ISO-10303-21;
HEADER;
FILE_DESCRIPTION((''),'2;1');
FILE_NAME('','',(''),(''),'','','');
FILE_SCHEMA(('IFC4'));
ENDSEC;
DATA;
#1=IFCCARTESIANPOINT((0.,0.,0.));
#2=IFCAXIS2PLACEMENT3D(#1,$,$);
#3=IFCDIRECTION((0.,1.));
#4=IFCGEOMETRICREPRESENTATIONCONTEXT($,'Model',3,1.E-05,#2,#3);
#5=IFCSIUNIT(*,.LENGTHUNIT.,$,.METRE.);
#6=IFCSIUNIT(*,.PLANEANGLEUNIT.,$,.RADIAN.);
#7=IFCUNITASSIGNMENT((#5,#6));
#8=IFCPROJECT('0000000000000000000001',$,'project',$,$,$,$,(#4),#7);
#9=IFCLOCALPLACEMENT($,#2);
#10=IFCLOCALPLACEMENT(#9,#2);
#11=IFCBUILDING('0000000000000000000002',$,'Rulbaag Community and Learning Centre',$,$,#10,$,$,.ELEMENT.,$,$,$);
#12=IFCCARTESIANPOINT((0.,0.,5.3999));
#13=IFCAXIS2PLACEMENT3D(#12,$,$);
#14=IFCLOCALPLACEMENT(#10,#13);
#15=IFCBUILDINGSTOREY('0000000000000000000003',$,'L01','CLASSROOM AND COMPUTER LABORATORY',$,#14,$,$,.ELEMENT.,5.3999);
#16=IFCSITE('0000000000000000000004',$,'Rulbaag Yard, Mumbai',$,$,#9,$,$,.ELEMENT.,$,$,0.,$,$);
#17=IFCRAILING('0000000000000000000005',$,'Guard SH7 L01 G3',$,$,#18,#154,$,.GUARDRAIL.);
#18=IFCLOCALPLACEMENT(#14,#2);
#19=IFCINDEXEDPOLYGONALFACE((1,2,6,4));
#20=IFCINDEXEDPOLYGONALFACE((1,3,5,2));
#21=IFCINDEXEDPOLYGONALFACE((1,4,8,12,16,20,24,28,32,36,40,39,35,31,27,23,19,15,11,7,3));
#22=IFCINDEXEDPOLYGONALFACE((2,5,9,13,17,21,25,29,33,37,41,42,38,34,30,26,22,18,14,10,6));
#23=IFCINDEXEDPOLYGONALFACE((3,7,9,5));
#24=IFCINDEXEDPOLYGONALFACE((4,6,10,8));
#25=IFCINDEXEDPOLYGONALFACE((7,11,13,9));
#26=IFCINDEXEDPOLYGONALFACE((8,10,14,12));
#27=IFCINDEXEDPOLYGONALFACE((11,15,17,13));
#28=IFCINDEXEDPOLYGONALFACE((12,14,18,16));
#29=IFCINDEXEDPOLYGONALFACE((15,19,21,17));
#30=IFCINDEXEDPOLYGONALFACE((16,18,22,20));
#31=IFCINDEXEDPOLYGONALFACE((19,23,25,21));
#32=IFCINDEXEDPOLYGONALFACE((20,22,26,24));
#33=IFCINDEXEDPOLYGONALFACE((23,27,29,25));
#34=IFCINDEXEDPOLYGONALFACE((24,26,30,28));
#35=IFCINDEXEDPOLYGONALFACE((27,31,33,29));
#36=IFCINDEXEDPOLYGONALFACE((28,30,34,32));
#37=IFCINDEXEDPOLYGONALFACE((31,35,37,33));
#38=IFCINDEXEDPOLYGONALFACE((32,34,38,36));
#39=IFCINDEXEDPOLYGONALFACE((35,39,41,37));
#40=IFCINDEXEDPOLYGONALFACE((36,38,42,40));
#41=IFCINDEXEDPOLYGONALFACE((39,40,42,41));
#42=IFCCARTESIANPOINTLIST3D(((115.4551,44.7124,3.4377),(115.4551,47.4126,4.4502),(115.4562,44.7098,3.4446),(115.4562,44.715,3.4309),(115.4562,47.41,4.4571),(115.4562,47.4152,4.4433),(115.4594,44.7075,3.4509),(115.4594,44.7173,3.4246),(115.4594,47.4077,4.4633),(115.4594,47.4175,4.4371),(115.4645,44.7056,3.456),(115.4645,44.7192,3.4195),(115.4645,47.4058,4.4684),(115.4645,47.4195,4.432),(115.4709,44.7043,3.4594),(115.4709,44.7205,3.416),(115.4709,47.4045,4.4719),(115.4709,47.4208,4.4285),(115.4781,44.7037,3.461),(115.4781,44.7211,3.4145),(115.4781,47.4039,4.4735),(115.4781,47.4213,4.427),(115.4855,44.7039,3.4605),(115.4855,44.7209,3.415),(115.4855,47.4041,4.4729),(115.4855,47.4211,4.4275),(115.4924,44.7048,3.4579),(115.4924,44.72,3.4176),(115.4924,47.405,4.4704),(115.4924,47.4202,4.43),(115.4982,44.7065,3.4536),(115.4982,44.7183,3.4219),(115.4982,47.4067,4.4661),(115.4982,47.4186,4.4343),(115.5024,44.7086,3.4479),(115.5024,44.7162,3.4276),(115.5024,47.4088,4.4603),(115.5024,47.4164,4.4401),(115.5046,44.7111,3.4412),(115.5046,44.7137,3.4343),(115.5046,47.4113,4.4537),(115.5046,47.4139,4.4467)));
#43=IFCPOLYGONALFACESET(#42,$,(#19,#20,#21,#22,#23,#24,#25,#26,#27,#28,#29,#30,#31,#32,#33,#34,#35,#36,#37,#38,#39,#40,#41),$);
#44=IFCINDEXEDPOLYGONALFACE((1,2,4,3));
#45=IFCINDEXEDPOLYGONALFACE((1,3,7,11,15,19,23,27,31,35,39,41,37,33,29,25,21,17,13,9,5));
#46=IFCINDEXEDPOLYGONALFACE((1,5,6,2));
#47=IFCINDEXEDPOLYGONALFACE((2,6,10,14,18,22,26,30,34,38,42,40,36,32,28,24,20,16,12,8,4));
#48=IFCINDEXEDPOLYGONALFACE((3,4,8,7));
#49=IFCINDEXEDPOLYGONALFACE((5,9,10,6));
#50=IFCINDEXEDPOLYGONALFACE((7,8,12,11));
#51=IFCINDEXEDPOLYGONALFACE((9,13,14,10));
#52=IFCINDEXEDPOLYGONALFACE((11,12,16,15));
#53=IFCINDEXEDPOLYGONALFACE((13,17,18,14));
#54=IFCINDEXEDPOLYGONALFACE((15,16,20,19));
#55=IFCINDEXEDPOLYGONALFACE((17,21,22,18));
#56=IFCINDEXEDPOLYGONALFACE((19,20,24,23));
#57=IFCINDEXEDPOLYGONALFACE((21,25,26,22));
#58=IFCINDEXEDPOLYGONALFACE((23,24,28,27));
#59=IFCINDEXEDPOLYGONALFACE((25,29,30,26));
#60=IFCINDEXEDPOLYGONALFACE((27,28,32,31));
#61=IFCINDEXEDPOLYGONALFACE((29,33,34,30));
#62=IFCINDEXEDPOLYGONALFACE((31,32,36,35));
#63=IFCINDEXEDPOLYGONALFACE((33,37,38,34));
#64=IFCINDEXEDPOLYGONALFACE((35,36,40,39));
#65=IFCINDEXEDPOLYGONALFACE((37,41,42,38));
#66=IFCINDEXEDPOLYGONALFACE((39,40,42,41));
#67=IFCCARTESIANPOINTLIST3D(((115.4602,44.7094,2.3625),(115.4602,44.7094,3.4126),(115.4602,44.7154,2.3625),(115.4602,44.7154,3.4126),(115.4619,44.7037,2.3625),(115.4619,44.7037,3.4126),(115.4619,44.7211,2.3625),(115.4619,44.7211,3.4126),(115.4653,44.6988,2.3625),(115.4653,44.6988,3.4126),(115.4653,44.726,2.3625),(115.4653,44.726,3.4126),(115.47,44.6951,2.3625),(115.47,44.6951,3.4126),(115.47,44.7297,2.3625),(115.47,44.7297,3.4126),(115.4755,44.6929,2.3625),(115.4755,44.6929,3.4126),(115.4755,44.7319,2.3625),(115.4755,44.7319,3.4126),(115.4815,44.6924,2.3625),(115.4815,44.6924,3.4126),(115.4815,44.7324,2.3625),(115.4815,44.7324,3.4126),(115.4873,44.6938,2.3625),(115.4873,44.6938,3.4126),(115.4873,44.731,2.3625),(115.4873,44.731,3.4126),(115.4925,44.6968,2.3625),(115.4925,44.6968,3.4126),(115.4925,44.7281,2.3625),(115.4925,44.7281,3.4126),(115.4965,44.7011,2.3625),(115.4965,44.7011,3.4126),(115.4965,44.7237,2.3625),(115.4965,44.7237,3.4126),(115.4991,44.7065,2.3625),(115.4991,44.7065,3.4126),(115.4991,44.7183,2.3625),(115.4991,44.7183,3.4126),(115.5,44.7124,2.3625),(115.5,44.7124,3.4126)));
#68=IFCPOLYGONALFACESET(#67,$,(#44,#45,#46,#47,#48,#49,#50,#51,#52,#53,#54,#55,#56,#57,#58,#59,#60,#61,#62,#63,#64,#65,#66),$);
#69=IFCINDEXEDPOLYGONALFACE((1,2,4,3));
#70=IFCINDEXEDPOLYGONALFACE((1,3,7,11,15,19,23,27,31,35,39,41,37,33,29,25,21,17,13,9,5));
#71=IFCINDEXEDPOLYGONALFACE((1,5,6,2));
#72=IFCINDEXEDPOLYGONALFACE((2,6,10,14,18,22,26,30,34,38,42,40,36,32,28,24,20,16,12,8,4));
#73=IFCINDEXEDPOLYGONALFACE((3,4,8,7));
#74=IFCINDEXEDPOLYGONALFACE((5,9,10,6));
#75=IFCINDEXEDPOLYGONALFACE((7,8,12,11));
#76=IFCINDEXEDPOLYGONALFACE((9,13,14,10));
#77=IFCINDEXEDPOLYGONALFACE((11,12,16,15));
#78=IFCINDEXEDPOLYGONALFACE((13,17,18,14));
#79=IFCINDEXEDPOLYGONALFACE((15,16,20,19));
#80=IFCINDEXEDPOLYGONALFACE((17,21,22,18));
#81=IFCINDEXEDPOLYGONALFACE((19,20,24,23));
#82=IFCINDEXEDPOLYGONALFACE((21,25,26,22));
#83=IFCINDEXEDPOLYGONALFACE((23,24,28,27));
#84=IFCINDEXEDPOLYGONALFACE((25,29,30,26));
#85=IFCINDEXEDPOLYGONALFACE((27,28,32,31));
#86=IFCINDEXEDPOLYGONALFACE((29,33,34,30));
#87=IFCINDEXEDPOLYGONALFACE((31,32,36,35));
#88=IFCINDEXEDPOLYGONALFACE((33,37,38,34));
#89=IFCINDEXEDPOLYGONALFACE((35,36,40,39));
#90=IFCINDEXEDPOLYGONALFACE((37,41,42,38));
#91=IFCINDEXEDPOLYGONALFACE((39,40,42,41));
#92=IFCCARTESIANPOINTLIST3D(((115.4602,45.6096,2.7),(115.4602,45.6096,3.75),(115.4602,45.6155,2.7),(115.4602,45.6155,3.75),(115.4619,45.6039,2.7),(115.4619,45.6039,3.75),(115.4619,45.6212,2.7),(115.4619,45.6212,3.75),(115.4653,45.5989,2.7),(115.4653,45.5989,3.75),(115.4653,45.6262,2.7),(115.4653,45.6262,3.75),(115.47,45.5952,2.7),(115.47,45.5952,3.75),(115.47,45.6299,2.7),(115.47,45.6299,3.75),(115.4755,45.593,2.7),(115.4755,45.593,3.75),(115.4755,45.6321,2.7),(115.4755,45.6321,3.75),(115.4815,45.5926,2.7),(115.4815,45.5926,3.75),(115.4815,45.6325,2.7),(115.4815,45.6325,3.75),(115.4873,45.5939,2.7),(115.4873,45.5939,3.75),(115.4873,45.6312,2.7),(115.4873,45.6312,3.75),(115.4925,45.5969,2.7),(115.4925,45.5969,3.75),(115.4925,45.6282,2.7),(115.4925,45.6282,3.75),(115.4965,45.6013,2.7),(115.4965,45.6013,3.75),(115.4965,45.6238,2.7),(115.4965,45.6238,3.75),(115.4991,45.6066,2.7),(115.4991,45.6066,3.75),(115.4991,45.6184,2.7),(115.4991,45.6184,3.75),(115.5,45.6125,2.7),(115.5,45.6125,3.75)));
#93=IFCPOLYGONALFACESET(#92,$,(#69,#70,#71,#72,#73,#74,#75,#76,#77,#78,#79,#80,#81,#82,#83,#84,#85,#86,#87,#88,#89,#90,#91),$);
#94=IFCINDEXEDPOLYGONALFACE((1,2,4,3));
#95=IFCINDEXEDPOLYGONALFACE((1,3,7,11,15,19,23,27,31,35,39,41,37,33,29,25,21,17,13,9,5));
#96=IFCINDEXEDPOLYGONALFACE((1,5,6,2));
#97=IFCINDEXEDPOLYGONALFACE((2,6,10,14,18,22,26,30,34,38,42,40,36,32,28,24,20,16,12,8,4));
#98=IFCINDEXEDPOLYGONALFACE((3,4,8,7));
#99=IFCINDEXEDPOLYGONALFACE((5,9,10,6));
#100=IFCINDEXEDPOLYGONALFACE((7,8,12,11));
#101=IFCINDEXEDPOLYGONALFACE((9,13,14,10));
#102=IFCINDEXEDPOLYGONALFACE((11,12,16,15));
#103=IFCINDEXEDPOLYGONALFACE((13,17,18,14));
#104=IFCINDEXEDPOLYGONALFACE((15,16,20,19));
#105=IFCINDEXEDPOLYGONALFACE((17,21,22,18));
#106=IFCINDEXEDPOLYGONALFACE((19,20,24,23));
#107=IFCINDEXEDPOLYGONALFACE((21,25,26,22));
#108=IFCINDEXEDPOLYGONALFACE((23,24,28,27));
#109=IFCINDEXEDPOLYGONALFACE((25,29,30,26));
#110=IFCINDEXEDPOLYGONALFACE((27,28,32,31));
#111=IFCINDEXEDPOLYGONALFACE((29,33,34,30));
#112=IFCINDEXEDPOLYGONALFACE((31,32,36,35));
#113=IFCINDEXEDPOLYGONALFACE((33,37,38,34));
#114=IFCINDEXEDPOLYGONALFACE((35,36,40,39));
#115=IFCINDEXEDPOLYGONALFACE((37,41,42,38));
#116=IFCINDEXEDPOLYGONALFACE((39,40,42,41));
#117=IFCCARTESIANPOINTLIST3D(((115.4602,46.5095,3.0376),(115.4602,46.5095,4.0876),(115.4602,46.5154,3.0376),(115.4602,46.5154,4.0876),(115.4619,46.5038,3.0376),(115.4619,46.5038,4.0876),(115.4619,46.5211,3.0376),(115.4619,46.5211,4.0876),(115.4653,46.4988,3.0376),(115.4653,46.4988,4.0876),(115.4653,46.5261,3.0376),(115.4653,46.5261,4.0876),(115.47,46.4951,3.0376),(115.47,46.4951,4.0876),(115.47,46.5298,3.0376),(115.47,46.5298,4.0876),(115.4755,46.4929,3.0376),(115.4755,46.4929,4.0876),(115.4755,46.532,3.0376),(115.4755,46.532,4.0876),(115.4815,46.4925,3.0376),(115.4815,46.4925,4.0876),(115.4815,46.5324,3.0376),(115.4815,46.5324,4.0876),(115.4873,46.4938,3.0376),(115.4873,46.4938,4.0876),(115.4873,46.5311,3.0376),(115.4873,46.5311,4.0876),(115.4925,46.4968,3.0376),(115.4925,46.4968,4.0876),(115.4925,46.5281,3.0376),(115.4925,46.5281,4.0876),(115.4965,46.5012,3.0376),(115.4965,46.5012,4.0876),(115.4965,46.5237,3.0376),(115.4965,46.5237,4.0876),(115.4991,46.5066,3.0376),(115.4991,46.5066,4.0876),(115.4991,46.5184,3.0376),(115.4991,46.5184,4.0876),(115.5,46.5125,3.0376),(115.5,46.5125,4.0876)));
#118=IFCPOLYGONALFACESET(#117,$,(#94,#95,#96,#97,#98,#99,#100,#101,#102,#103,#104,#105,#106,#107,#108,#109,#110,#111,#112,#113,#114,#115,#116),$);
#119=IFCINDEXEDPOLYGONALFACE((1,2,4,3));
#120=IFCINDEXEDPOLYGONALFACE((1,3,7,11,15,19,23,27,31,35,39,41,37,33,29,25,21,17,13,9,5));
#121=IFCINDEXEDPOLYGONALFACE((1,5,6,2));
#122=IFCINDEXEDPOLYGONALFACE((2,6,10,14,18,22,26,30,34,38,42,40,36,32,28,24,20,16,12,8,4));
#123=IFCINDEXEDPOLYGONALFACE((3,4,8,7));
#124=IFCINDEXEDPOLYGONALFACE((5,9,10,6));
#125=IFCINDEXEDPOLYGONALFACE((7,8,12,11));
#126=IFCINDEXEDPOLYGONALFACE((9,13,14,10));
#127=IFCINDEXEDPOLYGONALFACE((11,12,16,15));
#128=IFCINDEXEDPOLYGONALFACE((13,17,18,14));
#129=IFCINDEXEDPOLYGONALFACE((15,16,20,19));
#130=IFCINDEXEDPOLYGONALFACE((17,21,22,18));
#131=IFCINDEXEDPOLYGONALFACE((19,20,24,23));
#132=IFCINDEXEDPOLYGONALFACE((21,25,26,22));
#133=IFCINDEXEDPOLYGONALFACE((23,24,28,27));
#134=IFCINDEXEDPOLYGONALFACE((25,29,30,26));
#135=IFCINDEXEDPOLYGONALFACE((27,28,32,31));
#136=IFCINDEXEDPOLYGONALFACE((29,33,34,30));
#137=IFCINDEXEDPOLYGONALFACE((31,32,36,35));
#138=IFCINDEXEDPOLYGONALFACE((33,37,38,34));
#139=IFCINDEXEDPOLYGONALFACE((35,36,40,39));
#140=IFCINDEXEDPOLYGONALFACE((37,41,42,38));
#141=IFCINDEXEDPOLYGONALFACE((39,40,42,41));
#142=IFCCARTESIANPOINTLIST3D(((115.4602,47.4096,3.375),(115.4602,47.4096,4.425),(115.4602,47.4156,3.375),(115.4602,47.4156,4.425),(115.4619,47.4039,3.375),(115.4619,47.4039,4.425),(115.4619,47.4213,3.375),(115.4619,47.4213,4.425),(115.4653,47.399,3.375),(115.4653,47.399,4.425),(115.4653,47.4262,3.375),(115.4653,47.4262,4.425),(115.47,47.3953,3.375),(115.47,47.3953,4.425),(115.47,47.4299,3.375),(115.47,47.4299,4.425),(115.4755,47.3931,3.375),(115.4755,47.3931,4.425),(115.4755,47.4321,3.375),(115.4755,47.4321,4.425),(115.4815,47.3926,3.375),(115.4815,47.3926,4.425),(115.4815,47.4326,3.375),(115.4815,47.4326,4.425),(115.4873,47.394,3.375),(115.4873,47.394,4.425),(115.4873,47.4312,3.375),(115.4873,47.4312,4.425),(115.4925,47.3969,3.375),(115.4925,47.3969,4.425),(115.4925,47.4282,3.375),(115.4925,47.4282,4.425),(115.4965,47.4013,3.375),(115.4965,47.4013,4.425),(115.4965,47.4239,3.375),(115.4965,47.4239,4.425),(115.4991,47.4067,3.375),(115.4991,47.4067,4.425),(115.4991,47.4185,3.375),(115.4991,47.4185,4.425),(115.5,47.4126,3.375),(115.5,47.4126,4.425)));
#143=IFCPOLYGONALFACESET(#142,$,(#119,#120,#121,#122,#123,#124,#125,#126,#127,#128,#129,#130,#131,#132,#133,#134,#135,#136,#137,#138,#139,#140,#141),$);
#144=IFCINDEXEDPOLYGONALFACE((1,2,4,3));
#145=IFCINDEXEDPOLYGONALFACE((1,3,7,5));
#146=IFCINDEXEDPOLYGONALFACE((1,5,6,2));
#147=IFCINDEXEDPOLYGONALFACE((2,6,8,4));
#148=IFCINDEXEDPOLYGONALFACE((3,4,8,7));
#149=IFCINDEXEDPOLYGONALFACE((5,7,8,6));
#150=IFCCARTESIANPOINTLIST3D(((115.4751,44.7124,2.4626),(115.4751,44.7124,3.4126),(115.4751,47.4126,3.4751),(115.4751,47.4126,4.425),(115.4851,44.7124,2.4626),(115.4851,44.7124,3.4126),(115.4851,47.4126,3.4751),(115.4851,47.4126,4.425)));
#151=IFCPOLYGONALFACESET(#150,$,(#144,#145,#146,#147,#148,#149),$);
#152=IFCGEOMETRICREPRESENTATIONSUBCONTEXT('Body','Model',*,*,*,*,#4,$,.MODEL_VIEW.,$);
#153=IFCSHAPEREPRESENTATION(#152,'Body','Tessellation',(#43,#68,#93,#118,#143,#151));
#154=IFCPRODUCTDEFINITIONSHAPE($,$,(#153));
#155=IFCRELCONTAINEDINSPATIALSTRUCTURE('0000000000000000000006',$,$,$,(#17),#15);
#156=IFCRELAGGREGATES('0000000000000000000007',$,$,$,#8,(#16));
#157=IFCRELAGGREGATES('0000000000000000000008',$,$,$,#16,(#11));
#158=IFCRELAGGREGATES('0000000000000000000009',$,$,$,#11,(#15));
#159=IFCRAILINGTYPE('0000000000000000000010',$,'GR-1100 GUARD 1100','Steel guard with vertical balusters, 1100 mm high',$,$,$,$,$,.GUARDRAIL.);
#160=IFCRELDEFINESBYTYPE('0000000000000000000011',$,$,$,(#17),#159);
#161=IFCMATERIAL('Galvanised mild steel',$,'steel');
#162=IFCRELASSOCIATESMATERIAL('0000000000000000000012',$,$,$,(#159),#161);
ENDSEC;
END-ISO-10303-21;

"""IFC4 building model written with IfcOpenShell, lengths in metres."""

from ifc_helpers import new_model, si_unit, direction, frame, origin, origin_2d, place, context, subcontext, project, spatial, polyline, circle, outline, extrude, material, type_object, element, save


model = new_model("IFC4")

# Units and contexts
model_context = context("Model", 3, precision=1e-05, world=origin(), true_north=direction((0.0, 1.0)))
body_context = subcontext(model_context, "Body", "Model", "MODEL_VIEW")
ifc_project = project(units=[si_unit("LENGTHUNIT", "METRE"), si_unit("PLANEANGLEUNIT", "RADIAN")], contexts=[model_context])

# Site, building, storey
site_placement = place(None, origin())
site = spatial("IfcSite", under=ifc_project, at=site_placement, Name="Rulbaag Yard, Mumbai", CompositionType="ELEMENT", RefElevation=0.0)
building_placement = place(site_placement, origin())
building = spatial("IfcBuilding", under=site, at=building_placement, Name="Rulbaag Community and Learning Centre", CompositionType="ELEMENT")
storey_placement = place(building_placement, frame((0.0, 0.0, 5.3999)))
storey = spatial("IfcBuildingStorey", under=building, at=storey_placement, Name="L01", Description="CLASSROOM AND COMPUTER LABORATORY", CompositionType="ELEMENT", Elevation=5.3999)

# Railing
ifc_material_1 = material(Name="Galvanised mild steel", Category="steel")
railing_type_1 = type_object("IfcRailingType", Name="GR-1100 GUARD 1100", Description="Steel guard with vertical balusters, 1100 mm high", PredefinedType="GUARDRAIL", material=ifc_material_1)
for number, where, name in (
    (1, (115.48, 44.7124, 2.3625), "Guard SH7 L01 G3"),
):
    element("IfcRailing", number, at=place(storey_placement, frame(where)), inside=storey, type_object=railing_type_1, Name=name, PredefinedType="GUARDRAIL", context=body_context, shape_type="SweptSolid", body=[
        extrude(circle(Radius=0.0249, at=origin_2d()), frame((0.0, 0.0, 1.0752), z_axis=(0.0, 0.936343, 0.351086), x_axis=(-1.0, 0.0, 0.0)), (0.0, 0.0, 1.0), 2.8838),
        extrude(circle(Radius=0.02, at=origin_2d()), origin(), (0.0, 0.0, 1.0), 1.05),
        extrude(circle(Radius=0.02, at=origin_2d()), frame((0.0, 0.9001, 0.3374)), (0.0, 0.0, 1.0), 1.05),
        extrude(circle(Radius=0.02, at=origin_2d()), frame((0.0, 1.8, 0.675)), (0.0, 0.0, 1.0), 1.05),
        extrude(circle(Radius=0.02, at=origin_2d()), frame((0.0, 2.7002, 1.0125)), (0.0, 0.0, 1.0), 1.05),
        extrude(outline(polyline([(0.0, 0.0), (2.7002, 1.0125), (2.7002, 1.9624), (0.0, 0.95), (0.0, 0.0)])), frame((-0.0049, 0.0, 0.1001), z_axis=(1.0, 0.0, 0.0), x_axis=(0.0, 1.0, 0.0)), (0.0, 0.0, 1.0), 0.01),
    ])

save(model, "model.ifc")
